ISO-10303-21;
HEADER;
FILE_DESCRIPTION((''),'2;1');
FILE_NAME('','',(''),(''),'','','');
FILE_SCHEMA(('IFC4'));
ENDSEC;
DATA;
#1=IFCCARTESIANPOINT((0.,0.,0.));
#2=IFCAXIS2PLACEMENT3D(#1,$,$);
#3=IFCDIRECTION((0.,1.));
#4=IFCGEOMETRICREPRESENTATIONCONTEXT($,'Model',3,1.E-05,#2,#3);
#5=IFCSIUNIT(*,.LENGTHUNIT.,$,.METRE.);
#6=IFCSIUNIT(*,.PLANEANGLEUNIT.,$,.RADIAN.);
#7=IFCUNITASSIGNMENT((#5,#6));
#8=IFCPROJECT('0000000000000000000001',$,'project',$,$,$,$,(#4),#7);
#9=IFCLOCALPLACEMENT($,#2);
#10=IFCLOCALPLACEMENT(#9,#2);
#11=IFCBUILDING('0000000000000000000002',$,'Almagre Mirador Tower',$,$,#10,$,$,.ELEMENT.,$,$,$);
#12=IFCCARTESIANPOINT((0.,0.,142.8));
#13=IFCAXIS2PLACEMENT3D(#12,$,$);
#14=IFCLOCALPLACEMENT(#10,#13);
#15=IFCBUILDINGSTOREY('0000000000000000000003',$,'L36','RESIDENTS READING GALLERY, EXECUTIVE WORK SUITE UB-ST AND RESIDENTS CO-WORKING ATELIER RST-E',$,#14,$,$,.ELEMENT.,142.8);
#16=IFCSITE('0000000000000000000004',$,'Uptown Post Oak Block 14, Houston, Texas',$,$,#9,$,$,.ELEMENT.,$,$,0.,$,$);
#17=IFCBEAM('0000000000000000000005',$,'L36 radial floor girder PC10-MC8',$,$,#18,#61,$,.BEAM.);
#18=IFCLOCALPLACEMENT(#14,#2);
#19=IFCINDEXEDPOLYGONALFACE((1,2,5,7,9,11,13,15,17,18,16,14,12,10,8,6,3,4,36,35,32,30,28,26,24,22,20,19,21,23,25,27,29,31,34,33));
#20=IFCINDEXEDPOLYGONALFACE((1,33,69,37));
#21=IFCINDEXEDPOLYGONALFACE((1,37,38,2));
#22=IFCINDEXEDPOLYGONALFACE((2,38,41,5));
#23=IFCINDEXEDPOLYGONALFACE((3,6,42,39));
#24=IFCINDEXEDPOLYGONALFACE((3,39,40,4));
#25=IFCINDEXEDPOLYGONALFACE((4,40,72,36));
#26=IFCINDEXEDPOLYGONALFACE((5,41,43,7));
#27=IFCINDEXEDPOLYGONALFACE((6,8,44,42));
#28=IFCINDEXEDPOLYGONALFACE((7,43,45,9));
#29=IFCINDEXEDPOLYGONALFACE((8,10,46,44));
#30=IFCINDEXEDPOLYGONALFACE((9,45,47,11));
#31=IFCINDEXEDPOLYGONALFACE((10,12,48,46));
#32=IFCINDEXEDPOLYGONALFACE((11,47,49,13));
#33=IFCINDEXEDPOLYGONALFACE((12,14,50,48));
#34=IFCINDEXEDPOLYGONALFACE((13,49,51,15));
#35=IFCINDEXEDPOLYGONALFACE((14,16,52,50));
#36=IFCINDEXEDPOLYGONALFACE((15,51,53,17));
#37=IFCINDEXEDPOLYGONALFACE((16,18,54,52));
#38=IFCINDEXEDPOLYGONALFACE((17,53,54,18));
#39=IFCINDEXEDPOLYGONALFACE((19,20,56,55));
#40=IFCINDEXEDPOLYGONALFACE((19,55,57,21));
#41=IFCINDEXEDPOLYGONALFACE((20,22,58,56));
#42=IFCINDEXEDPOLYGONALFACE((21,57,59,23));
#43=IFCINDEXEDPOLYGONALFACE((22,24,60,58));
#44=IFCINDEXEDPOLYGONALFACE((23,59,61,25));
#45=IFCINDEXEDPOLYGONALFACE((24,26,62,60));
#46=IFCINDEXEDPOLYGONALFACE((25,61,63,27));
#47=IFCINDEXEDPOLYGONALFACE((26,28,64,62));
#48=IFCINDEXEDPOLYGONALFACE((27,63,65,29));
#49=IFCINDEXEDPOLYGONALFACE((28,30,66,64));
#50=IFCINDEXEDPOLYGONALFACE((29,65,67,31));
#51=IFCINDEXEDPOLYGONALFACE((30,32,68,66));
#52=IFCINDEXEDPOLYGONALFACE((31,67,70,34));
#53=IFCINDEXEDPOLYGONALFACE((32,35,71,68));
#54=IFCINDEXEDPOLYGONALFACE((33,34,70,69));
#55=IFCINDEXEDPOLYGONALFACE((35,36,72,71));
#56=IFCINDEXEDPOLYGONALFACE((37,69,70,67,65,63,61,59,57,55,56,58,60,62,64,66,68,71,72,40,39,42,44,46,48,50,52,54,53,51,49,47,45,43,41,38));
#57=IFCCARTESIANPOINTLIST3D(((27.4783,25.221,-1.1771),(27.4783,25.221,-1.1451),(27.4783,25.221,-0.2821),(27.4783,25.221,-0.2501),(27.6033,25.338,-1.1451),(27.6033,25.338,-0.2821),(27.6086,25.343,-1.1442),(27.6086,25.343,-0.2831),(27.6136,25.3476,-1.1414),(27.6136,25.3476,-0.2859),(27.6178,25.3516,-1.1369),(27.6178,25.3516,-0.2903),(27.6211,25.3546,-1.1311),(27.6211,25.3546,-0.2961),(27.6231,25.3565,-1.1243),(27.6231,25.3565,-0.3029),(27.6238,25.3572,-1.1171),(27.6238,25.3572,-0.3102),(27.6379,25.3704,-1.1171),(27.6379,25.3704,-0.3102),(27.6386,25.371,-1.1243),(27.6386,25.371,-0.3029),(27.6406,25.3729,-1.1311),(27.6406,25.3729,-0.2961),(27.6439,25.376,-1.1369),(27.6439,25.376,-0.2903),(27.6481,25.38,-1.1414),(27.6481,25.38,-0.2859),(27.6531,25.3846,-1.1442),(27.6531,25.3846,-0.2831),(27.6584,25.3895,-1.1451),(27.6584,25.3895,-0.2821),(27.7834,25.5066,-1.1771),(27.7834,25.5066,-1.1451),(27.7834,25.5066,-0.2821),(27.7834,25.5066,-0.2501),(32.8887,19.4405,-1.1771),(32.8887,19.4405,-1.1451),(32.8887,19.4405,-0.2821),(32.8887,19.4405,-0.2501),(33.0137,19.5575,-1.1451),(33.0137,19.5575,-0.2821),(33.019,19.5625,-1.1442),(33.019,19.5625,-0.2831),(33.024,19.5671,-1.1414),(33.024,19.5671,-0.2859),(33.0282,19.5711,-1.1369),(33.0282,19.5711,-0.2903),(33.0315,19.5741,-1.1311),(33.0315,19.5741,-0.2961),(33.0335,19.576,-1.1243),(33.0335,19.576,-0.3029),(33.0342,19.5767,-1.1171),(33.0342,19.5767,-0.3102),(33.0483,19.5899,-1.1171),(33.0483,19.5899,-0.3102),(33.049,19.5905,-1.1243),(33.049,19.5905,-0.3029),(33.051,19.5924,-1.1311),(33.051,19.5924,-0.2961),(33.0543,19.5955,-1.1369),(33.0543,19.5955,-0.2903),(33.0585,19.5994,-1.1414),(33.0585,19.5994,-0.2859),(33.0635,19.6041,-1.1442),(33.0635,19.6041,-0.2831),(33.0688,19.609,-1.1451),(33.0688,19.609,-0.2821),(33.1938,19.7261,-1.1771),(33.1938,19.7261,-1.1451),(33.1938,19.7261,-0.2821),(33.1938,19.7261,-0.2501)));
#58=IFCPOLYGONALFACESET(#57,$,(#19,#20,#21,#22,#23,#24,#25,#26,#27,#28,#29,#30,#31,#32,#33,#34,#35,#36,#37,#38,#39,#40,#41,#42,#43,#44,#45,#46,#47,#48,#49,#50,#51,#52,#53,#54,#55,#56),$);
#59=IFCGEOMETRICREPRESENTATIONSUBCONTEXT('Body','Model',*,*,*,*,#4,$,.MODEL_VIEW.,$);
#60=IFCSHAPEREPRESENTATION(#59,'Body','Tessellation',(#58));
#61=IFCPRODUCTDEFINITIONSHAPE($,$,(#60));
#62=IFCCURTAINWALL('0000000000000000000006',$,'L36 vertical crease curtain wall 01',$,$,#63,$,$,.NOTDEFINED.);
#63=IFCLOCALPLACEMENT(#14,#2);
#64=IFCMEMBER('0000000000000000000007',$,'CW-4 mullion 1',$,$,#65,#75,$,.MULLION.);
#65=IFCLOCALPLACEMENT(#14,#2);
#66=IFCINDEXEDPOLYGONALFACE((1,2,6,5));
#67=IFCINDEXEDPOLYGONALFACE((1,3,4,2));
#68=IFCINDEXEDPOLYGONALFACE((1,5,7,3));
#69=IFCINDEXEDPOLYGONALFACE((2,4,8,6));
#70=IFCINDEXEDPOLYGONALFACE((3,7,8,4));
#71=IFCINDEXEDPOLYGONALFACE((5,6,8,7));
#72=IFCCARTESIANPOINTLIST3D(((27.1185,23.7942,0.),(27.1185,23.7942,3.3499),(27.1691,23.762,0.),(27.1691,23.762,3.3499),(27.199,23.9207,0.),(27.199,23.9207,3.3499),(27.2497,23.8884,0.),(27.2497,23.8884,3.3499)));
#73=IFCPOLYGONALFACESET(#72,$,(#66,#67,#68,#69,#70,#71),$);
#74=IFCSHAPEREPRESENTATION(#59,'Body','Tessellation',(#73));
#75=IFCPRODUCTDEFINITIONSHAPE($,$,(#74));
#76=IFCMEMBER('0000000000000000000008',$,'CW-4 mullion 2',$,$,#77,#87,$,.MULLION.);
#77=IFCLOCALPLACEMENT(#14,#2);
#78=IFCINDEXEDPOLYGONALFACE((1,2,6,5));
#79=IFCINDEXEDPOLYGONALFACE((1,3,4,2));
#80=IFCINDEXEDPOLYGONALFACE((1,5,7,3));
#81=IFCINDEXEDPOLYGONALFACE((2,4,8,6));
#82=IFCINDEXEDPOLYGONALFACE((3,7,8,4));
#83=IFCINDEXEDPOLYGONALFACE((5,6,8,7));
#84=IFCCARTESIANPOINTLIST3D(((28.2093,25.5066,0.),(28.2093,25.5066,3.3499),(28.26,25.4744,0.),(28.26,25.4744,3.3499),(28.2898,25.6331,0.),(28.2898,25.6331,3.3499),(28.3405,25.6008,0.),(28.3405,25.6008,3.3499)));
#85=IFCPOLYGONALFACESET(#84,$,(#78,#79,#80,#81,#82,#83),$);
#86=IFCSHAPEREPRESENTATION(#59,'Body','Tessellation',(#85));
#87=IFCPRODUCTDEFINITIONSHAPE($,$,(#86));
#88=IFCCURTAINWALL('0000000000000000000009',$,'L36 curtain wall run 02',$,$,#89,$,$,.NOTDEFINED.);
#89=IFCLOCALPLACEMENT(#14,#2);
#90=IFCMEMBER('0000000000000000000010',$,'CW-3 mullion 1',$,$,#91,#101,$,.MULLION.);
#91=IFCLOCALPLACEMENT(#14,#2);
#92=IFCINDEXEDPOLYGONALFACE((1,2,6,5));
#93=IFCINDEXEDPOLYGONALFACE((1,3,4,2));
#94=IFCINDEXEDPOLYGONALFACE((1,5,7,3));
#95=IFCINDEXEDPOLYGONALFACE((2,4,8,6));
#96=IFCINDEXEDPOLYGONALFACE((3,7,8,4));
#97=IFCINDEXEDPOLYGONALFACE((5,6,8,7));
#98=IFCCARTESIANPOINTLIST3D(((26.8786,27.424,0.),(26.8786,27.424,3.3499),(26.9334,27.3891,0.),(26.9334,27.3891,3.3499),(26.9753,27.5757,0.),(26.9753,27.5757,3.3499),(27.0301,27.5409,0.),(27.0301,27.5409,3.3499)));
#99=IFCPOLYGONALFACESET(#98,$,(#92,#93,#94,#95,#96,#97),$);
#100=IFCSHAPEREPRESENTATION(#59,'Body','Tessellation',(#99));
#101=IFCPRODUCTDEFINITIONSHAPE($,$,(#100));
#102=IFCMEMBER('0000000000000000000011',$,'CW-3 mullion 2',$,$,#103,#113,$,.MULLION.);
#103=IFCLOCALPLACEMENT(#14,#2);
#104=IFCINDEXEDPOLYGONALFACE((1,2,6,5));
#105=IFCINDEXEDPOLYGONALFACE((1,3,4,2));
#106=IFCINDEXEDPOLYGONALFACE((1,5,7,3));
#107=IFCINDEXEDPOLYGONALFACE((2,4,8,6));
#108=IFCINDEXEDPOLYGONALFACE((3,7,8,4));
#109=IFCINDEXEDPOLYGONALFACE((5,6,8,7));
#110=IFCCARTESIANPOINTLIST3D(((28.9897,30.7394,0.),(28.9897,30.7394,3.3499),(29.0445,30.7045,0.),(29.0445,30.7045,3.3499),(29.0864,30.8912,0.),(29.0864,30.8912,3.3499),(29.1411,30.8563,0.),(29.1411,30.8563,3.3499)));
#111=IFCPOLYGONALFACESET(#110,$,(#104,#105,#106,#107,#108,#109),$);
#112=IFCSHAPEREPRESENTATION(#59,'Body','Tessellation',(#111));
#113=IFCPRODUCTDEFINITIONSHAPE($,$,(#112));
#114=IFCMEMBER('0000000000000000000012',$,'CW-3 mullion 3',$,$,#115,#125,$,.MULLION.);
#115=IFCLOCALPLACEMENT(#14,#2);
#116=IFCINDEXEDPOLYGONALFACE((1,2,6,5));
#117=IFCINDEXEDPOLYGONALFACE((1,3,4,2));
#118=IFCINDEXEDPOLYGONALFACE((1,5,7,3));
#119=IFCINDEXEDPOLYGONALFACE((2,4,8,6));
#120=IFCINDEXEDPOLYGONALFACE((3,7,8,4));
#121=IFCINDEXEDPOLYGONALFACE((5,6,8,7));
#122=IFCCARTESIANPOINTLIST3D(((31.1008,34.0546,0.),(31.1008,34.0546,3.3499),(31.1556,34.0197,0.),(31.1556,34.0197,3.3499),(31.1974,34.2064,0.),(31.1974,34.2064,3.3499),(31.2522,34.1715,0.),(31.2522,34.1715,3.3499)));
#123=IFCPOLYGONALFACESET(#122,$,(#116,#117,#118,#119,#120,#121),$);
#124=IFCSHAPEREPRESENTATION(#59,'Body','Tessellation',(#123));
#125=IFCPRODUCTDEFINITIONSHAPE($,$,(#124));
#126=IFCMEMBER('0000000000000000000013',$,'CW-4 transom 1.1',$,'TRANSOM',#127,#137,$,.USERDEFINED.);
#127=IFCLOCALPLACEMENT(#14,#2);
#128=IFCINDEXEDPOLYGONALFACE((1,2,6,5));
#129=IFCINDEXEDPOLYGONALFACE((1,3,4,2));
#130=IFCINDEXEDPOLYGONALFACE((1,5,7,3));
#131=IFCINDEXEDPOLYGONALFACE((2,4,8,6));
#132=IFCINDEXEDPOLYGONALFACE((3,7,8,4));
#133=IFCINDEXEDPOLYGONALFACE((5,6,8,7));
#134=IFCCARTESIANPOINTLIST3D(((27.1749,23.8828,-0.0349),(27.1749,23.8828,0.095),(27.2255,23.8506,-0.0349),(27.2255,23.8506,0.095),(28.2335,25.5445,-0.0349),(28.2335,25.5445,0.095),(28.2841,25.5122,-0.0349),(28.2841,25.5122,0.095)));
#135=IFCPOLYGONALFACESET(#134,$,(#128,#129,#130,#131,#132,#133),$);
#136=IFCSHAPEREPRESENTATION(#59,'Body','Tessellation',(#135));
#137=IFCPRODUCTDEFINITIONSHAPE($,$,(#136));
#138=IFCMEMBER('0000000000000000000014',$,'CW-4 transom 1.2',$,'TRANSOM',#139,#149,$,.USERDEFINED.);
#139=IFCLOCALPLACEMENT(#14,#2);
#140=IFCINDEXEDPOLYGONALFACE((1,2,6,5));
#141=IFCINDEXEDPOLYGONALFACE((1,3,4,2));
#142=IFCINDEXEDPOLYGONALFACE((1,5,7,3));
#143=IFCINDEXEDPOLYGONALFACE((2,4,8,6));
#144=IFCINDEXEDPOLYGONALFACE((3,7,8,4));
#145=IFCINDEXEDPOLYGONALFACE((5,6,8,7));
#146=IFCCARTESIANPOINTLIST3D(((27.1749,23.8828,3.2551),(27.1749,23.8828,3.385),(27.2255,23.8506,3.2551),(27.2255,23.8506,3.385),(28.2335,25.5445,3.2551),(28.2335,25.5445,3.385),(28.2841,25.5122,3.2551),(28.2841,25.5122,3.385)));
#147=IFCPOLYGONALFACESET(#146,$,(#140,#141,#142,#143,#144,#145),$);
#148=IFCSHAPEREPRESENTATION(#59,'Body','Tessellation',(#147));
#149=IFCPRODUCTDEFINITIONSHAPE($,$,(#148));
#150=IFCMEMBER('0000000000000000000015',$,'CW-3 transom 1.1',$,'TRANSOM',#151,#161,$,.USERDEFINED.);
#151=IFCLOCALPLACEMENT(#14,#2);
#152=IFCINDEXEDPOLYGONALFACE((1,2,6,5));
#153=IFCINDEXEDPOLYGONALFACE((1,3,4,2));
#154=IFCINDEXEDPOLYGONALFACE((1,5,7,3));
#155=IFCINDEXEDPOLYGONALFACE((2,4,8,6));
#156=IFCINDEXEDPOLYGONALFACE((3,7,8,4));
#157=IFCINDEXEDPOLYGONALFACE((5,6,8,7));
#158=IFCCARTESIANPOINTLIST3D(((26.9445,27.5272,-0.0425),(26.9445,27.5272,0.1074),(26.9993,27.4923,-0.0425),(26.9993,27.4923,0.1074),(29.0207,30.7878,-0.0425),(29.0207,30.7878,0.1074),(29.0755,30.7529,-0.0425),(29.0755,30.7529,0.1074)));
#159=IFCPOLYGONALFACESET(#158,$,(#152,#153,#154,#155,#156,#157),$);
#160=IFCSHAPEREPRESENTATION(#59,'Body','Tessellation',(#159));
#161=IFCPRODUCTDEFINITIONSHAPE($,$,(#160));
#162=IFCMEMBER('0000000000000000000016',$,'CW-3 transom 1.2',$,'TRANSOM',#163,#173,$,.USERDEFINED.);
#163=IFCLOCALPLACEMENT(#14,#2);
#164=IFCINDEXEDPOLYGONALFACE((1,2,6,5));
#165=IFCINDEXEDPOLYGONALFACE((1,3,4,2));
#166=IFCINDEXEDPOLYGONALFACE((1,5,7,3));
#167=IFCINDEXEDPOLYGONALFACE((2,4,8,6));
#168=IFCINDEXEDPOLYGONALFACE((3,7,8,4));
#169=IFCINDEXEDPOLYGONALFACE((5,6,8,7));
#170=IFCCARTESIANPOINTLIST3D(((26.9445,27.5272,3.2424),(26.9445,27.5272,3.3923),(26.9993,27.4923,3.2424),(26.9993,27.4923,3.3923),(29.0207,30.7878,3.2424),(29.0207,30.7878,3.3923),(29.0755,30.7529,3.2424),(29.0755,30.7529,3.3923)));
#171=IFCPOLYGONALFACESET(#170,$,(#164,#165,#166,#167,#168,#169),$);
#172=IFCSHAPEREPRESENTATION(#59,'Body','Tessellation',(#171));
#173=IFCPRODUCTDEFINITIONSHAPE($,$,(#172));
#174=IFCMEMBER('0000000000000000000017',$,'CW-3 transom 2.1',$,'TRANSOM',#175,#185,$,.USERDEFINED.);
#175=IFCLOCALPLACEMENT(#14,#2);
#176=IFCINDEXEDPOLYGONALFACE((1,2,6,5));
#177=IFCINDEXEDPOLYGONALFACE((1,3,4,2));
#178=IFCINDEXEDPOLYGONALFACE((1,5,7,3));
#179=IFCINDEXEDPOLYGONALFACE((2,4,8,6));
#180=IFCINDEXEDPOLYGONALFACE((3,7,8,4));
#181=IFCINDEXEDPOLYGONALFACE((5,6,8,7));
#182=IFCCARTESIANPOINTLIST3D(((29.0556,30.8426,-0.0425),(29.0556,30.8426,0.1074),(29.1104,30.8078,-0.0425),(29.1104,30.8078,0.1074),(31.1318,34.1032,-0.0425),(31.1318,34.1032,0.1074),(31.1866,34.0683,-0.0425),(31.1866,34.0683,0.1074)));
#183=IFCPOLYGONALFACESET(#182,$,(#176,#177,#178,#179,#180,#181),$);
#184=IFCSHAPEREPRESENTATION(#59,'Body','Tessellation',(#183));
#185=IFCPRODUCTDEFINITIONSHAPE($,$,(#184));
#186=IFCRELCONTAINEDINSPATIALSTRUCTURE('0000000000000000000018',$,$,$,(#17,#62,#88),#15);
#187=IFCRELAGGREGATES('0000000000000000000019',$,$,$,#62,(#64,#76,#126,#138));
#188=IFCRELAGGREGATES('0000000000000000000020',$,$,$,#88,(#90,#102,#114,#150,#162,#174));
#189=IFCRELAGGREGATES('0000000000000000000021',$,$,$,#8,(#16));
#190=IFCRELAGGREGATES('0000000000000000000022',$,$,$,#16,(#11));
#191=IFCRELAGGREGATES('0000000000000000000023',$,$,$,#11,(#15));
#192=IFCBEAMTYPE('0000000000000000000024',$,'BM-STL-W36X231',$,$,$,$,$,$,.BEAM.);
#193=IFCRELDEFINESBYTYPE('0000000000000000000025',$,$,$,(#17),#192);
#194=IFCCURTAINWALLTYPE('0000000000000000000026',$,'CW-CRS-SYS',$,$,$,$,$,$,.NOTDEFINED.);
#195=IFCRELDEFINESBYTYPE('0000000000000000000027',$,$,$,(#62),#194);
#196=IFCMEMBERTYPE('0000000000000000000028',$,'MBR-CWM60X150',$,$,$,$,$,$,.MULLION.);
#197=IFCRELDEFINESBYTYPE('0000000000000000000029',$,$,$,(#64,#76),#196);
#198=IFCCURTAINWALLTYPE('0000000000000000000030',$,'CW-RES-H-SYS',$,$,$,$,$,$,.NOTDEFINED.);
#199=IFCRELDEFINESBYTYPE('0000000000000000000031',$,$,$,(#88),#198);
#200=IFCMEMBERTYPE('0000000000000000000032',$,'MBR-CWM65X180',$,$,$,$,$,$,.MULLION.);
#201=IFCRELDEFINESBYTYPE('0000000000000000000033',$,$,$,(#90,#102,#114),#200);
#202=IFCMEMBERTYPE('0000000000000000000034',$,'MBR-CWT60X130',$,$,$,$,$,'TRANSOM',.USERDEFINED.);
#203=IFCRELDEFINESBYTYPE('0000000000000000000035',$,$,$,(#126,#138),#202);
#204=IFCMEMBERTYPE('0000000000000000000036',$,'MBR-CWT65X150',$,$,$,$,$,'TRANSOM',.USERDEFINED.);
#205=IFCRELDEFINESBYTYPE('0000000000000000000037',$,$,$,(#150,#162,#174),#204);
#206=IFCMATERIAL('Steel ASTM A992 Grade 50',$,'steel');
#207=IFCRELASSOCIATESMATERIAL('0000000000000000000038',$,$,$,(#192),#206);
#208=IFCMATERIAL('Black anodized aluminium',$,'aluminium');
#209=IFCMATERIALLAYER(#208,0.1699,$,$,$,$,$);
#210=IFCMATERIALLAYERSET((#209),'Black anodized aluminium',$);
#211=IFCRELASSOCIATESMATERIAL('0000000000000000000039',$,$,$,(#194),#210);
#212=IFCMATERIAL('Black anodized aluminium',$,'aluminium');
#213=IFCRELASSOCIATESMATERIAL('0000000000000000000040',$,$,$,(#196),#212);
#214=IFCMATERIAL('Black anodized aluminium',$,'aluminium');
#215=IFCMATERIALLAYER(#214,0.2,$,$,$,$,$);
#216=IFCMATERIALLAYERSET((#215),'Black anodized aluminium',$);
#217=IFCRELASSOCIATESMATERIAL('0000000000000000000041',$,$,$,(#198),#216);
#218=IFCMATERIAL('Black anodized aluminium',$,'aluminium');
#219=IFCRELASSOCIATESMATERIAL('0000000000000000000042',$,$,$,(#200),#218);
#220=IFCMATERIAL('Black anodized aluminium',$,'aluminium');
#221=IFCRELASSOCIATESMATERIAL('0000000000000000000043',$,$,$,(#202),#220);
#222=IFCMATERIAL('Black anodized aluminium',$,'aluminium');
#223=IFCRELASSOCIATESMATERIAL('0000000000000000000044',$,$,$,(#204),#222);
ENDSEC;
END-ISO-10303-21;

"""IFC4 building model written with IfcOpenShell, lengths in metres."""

from ifc_helpers import new_model, si_unit, direction, frame, origin, origin_2d, place, context, subcontext, project, spatial, rectangle, i_section, extrude, material, layer, layer_set, material_profile, profile_set, type_object, element, aggregate, save


model = new_model("IFC4")

# Units and contexts
model_context = context("Model", 3, precision=1e-05, world=origin(), true_north=direction((0.0, 1.0)))
body_context = subcontext(model_context, "Body", "Model", "MODEL_VIEW")
ifc_project = project(units=[si_unit("LENGTHUNIT", "METRE"), si_unit("PLANEANGLEUNIT", "RADIAN")], contexts=[model_context])

# Site, building, storey
site_placement = place(None, origin())
site = spatial("IfcSite", under=ifc_project, at=site_placement, Name="Uptown Post Oak Block 14, Houston, Texas", CompositionType="ELEMENT", RefElevation=0.0)
building_placement = place(site_placement, origin())
building = spatial("IfcBuilding", under=site, at=building_placement, Name="Almagre Mirador Tower", CompositionType="ELEMENT")
storey_placement = place(building_placement, frame((0.0, 0.0, 142.8)))
storey = spatial("IfcBuildingStorey", under=building, at=storey_placement, Name="L36", Description="RESIDENTS READING GALLERY, EXECUTIVE WORK SUITE UB-ST AND RESIDENTS CO-WORKING ATELIER RST-E", CompositionType="ELEMENT", Elevation=142.8)

# Beam
ifc_material_1 = material(Name="Steel ASTM A992 Grade 50", Category="steel")
ifc_material_profile_1 = material_profile(ifc_material_1, i_section(OverallWidth=0.418, OverallDepth=0.927, WebThickness=0.0193, FlangeThickness=0.032, FilletRadius=0.0281, at=origin_2d()), Name="W36X231")
ifc_profile_set_1 = profile_set([ifc_material_profile_1], Name="Steel ASTM A992 Grade 50")
beam_type_1 = type_object("IfcBeamType", Name="BM-STL-W36X231", PredefinedType="BEAM", material=ifc_profile_set_1)
beam_1_placement = place(storey_placement, frame((27.6309, 25.3638, -0.7136), z_axis=(0.683347, -0.730094, 0.0), x_axis=(0.730094, 0.683347, 0.0)))
element("IfcBeam", 1, at=beam_1_placement, inside=storey, type_object=beam_type_1, Name="L36 radial floor girder PC10-MC8", PredefinedType="BEAM", context=body_context, shape_type="SweptSolid", body=[
    extrude(i_section(OverallWidth=0.418, OverallDepth=0.927, WebThickness=0.0193, FlangeThickness=0.032, FilletRadius=0.0281, at=origin_2d()), origin(), (0.0, 0.0, 1.0), 7.9175),
])

# Curtain walls, members
ifc_material_2 = material(Name="Black anodized aluminium", Category="aluminium")
ifc_layer_1 = layer(ifc_material_2, 0.1699)
ifc_layer_set_1 = layer_set([ifc_layer_1], Name="Black anodized aluminium")
curtain_wall_type_1 = type_object("IfcCurtainWallType", Name="CW-CRS-SYS", PredefinedType="NOTDEFINED", material=ifc_layer_set_1)
curtain_wall_1_placement = place(storey_placement, origin())
curtain_wall_1 = element("IfcCurtainWall", 2, at=curtain_wall_1_placement, inside=storey, type_object=curtain_wall_type_1, Name="L36 vertical crease curtain wall 01", PredefinedType="NOTDEFINED")
ifc_material_3 = material(Name="Black anodized aluminium", Category="aluminium")
ifc_material_profile_2 = material_profile(ifc_material_3, rectangle(XDim=0.0601, YDim=0.1499, at=origin_2d()), Name="CWM60X150")
ifc_profile_set_2 = profile_set([ifc_material_profile_2], Name="Black anodized aluminium")
member_type_1 = type_object("IfcMemberType", Name="MBR-CWM60X150", PredefinedType="MULLION", material=ifc_profile_set_2)
member_1_placement = place(storey_placement, frame((27.1841, 23.8413, 0.0), z_axis=(0.0, 0.0, 1.0), x_axis=(-0.843425, 0.537247, 0.0)))
member_1 = element("IfcMember", 3, at=member_1_placement, type_object=member_type_1, Name="CW-4 mullion 1", PredefinedType="MULLION", context=body_context, shape_type="SweptSolid", body=[
    extrude(rectangle(XDim=0.0601, YDim=0.1499, at=origin_2d()), origin(), (0.0, 0.0, 1.0), 3.3499),
])
member_2_placement = place(storey_placement, frame((28.2749, 25.5537, 0.0), z_axis=(0.0, 0.0, 1.0), x_axis=(-0.843425, 0.537247, 0.0)))
member_2 = element("IfcMember", 4, at=member_2_placement, type_object=member_type_1, Name="CW-4 mullion 2", PredefinedType="MULLION", context=body_context, shape_type="SweptSolid", body=[
    extrude(rectangle(XDim=0.0601, YDim=0.1499, at=origin_2d()), origin(), (0.0, 0.0, 1.0), 3.3499),
])
ifc_material_4 = material(Name="Black anodized aluminium", Category="aluminium")
ifc_layer_2 = layer(ifc_material_4, 0.2)
ifc_layer_set_2 = layer_set([ifc_layer_2], Name="Black anodized aluminium")
curtain_wall_type_2 = type_object("IfcCurtainWallType", Name="CW-RES-H-SYS", PredefinedType="NOTDEFINED", material=ifc_layer_set_2)
curtain_wall_2_placement = place(storey_placement, origin())
curtain_wall_2 = element("IfcCurtainWall", 5, at=curtain_wall_2_placement, inside=storey, type_object=curtain_wall_type_2, Name="L36 curtain wall run 02", PredefinedType="NOTDEFINED")
ifc_material_5 = material(Name="Black anodized aluminium", Category="aluminium")
ifc_material_profile_3 = material_profile(ifc_material_5, rectangle(XDim=0.0649, YDim=0.1799, at=origin_2d()), Name="CWM65X180")
ifc_profile_set_3 = profile_set([ifc_material_profile_3], Name="Black anodized aluminium")
member_type_2 = type_object("IfcMemberType", Name="MBR-CWM65X180", PredefinedType="MULLION", material=ifc_profile_set_3)
member_3_placement = place(storey_placement, frame((26.9543, 27.4824, 0.0), z_axis=(0.0, 0.0, 1.0), x_axis=(-0.843513, 0.537108, 0.0)))
member_3 = element("IfcMember", 6, at=member_3_placement, type_object=member_type_2, Name="CW-3 mullion 1", PredefinedType="MULLION", context=body_context, shape_type="SweptSolid", body=[
    extrude(rectangle(XDim=0.0649, YDim=0.1799, at=origin_2d()), origin(), (0.0, 0.0, 1.0), 3.3499),
])
member_4_placement = place(storey_placement, frame((29.0654, 30.7979, 0.0), z_axis=(0.0, 0.0, 1.0), x_axis=(-0.843513, 0.537108, 0.0)))
member_4 = element("IfcMember", 7, at=member_4_placement, type_object=member_type_2, Name="CW-3 mullion 2", PredefinedType="MULLION", context=body_context, shape_type="SweptSolid", body=[
    extrude(rectangle(XDim=0.0649, YDim=0.1799, at=origin_2d()), origin(), (0.0, 0.0, 1.0), 3.3499),
])
member_5_placement = place(storey_placement, frame((31.1765, 34.113, 0.0), z_axis=(0.0, 0.0, 1.0), x_axis=(-0.843513, 0.537108, 0.0)))
member_5 = element("IfcMember", 8, at=member_5_placement, type_object=member_type_2, Name="CW-3 mullion 3", PredefinedType="MULLION", context=body_context, shape_type="SweptSolid", body=[
    extrude(rectangle(XDim=0.0649, YDim=0.1799, at=origin_2d()), origin(), (0.0, 0.0, 1.0), 3.3499),
])

# Members
ifc_material_6 = material(Name="Black anodized aluminium", Category="aluminium")
ifc_material_profile_4 = material_profile(ifc_material_6, rectangle(XDim=0.0601, YDim=0.1299, at=origin_2d()), Name="CWT60X130")
ifc_profile_set_4 = profile_set([ifc_material_profile_4], Name="Black anodized aluminium")
member_type_3 = type_object("IfcMemberType", Name="MBR-CWT60X130", ElementType="TRANSOM", PredefinedType="USERDEFINED", material=ifc_profile_set_4)
member_6_placement = place(storey_placement, frame((27.2002, 23.8667, 0.03), z_axis=(0.537308, 0.843386, 0.0), x_axis=(-0.843386, 0.537308, 0.0)))
member_6 = element("IfcMember", 9, at=member_6_placement, type_object=member_type_3, Name="CW-4 transom 1.1", ObjectType="TRANSOM", PredefinedType="USERDEFINED", context=body_context, shape_type="SweptSolid", body=[
    extrude(rectangle(XDim=0.0601, YDim=0.1299, at=origin_2d()), origin(), (0.0, 0.0, 1.0), 1.9702),
])
member_7_placement = place(storey_placement, frame((27.2002, 23.8667, 3.3201), z_axis=(0.537308, 0.843386, 0.0), x_axis=(-0.843386, 0.537308, 0.0)))
member_7 = element("IfcMember", 10, at=member_7_placement, type_object=member_type_3, Name="CW-4 transom 1.2", ObjectType="TRANSOM", PredefinedType="USERDEFINED", context=body_context, shape_type="SweptSolid", body=[
    extrude(rectangle(XDim=0.0601, YDim=0.1299, at=origin_2d()), origin(), (0.0, 0.0, 1.0), 1.9702),
])
ifc_material_7 = material(Name="Black anodized aluminium", Category="aluminium")
ifc_material_profile_5 = material_profile(ifc_material_7, rectangle(XDim=0.0649, YDim=0.1499, at=origin_2d()), Name="CWT65X150")
ifc_profile_set_5 = profile_set([ifc_material_profile_5], Name="Black anodized aluminium")
member_type_4 = type_object("IfcMemberType", Name="MBR-CWT65X150", ElementType="TRANSOM", PredefinedType="USERDEFINED", material=ifc_profile_set_5)
member_8_placement = place(storey_placement, frame((26.9719, 27.5098, 0.0325), z_axis=(0.537117, 0.843508, 0.0), x_axis=(-0.843508, 0.537117, 0.0)))
member_8 = element("IfcMember", 11, at=member_8_placement, type_object=member_type_4, Name="CW-3 transom 1.1", ObjectType="TRANSOM", PredefinedType="USERDEFINED", context=body_context, shape_type="SweptSolid", body=[
    extrude(rectangle(XDim=0.0649, YDim=0.1499, at=origin_2d()), origin(), (0.0, 0.0, 1.0), 3.8655),
])
member_9_placement = place(storey_placement, frame((26.9719, 27.5098, 3.3174), z_axis=(0.537117, 0.843508, 0.0), x_axis=(-0.843508, 0.537117, 0.0)))
member_9 = element("IfcMember", 12, at=member_9_placement, type_object=member_type_4, Name="CW-3 transom 1.2", ObjectType="TRANSOM", PredefinedType="USERDEFINED", context=body_context, shape_type="SweptSolid", body=[
    extrude(rectangle(XDim=0.0649, YDim=0.1499, at=origin_2d()), origin(), (0.0, 0.0, 1.0), 3.8655),
])
member_10_placement = place(storey_placement, frame((29.083, 30.8252, 0.0325), z_axis=(0.537117, 0.843508, 0.0), x_axis=(-0.843508, 0.537117, 0.0)))
member_10 = element("IfcMember", 13, at=member_10_placement, type_object=member_type_4, Name="CW-3 transom 2.1", ObjectType="TRANSOM", PredefinedType="USERDEFINED", context=body_context, shape_type="SweptSolid", body=[
    extrude(rectangle(XDim=0.0649, YDim=0.1499, at=origin_2d()), origin(), (0.0, 0.0, 1.0), 3.8655),
])

aggregate(curtain_wall_1, [member_1, member_2, member_6, member_7])
aggregate(curtain_wall_2, [member_3, member_4, member_5, member_8, member_9, member_10])

save(model, "model.ifc")
